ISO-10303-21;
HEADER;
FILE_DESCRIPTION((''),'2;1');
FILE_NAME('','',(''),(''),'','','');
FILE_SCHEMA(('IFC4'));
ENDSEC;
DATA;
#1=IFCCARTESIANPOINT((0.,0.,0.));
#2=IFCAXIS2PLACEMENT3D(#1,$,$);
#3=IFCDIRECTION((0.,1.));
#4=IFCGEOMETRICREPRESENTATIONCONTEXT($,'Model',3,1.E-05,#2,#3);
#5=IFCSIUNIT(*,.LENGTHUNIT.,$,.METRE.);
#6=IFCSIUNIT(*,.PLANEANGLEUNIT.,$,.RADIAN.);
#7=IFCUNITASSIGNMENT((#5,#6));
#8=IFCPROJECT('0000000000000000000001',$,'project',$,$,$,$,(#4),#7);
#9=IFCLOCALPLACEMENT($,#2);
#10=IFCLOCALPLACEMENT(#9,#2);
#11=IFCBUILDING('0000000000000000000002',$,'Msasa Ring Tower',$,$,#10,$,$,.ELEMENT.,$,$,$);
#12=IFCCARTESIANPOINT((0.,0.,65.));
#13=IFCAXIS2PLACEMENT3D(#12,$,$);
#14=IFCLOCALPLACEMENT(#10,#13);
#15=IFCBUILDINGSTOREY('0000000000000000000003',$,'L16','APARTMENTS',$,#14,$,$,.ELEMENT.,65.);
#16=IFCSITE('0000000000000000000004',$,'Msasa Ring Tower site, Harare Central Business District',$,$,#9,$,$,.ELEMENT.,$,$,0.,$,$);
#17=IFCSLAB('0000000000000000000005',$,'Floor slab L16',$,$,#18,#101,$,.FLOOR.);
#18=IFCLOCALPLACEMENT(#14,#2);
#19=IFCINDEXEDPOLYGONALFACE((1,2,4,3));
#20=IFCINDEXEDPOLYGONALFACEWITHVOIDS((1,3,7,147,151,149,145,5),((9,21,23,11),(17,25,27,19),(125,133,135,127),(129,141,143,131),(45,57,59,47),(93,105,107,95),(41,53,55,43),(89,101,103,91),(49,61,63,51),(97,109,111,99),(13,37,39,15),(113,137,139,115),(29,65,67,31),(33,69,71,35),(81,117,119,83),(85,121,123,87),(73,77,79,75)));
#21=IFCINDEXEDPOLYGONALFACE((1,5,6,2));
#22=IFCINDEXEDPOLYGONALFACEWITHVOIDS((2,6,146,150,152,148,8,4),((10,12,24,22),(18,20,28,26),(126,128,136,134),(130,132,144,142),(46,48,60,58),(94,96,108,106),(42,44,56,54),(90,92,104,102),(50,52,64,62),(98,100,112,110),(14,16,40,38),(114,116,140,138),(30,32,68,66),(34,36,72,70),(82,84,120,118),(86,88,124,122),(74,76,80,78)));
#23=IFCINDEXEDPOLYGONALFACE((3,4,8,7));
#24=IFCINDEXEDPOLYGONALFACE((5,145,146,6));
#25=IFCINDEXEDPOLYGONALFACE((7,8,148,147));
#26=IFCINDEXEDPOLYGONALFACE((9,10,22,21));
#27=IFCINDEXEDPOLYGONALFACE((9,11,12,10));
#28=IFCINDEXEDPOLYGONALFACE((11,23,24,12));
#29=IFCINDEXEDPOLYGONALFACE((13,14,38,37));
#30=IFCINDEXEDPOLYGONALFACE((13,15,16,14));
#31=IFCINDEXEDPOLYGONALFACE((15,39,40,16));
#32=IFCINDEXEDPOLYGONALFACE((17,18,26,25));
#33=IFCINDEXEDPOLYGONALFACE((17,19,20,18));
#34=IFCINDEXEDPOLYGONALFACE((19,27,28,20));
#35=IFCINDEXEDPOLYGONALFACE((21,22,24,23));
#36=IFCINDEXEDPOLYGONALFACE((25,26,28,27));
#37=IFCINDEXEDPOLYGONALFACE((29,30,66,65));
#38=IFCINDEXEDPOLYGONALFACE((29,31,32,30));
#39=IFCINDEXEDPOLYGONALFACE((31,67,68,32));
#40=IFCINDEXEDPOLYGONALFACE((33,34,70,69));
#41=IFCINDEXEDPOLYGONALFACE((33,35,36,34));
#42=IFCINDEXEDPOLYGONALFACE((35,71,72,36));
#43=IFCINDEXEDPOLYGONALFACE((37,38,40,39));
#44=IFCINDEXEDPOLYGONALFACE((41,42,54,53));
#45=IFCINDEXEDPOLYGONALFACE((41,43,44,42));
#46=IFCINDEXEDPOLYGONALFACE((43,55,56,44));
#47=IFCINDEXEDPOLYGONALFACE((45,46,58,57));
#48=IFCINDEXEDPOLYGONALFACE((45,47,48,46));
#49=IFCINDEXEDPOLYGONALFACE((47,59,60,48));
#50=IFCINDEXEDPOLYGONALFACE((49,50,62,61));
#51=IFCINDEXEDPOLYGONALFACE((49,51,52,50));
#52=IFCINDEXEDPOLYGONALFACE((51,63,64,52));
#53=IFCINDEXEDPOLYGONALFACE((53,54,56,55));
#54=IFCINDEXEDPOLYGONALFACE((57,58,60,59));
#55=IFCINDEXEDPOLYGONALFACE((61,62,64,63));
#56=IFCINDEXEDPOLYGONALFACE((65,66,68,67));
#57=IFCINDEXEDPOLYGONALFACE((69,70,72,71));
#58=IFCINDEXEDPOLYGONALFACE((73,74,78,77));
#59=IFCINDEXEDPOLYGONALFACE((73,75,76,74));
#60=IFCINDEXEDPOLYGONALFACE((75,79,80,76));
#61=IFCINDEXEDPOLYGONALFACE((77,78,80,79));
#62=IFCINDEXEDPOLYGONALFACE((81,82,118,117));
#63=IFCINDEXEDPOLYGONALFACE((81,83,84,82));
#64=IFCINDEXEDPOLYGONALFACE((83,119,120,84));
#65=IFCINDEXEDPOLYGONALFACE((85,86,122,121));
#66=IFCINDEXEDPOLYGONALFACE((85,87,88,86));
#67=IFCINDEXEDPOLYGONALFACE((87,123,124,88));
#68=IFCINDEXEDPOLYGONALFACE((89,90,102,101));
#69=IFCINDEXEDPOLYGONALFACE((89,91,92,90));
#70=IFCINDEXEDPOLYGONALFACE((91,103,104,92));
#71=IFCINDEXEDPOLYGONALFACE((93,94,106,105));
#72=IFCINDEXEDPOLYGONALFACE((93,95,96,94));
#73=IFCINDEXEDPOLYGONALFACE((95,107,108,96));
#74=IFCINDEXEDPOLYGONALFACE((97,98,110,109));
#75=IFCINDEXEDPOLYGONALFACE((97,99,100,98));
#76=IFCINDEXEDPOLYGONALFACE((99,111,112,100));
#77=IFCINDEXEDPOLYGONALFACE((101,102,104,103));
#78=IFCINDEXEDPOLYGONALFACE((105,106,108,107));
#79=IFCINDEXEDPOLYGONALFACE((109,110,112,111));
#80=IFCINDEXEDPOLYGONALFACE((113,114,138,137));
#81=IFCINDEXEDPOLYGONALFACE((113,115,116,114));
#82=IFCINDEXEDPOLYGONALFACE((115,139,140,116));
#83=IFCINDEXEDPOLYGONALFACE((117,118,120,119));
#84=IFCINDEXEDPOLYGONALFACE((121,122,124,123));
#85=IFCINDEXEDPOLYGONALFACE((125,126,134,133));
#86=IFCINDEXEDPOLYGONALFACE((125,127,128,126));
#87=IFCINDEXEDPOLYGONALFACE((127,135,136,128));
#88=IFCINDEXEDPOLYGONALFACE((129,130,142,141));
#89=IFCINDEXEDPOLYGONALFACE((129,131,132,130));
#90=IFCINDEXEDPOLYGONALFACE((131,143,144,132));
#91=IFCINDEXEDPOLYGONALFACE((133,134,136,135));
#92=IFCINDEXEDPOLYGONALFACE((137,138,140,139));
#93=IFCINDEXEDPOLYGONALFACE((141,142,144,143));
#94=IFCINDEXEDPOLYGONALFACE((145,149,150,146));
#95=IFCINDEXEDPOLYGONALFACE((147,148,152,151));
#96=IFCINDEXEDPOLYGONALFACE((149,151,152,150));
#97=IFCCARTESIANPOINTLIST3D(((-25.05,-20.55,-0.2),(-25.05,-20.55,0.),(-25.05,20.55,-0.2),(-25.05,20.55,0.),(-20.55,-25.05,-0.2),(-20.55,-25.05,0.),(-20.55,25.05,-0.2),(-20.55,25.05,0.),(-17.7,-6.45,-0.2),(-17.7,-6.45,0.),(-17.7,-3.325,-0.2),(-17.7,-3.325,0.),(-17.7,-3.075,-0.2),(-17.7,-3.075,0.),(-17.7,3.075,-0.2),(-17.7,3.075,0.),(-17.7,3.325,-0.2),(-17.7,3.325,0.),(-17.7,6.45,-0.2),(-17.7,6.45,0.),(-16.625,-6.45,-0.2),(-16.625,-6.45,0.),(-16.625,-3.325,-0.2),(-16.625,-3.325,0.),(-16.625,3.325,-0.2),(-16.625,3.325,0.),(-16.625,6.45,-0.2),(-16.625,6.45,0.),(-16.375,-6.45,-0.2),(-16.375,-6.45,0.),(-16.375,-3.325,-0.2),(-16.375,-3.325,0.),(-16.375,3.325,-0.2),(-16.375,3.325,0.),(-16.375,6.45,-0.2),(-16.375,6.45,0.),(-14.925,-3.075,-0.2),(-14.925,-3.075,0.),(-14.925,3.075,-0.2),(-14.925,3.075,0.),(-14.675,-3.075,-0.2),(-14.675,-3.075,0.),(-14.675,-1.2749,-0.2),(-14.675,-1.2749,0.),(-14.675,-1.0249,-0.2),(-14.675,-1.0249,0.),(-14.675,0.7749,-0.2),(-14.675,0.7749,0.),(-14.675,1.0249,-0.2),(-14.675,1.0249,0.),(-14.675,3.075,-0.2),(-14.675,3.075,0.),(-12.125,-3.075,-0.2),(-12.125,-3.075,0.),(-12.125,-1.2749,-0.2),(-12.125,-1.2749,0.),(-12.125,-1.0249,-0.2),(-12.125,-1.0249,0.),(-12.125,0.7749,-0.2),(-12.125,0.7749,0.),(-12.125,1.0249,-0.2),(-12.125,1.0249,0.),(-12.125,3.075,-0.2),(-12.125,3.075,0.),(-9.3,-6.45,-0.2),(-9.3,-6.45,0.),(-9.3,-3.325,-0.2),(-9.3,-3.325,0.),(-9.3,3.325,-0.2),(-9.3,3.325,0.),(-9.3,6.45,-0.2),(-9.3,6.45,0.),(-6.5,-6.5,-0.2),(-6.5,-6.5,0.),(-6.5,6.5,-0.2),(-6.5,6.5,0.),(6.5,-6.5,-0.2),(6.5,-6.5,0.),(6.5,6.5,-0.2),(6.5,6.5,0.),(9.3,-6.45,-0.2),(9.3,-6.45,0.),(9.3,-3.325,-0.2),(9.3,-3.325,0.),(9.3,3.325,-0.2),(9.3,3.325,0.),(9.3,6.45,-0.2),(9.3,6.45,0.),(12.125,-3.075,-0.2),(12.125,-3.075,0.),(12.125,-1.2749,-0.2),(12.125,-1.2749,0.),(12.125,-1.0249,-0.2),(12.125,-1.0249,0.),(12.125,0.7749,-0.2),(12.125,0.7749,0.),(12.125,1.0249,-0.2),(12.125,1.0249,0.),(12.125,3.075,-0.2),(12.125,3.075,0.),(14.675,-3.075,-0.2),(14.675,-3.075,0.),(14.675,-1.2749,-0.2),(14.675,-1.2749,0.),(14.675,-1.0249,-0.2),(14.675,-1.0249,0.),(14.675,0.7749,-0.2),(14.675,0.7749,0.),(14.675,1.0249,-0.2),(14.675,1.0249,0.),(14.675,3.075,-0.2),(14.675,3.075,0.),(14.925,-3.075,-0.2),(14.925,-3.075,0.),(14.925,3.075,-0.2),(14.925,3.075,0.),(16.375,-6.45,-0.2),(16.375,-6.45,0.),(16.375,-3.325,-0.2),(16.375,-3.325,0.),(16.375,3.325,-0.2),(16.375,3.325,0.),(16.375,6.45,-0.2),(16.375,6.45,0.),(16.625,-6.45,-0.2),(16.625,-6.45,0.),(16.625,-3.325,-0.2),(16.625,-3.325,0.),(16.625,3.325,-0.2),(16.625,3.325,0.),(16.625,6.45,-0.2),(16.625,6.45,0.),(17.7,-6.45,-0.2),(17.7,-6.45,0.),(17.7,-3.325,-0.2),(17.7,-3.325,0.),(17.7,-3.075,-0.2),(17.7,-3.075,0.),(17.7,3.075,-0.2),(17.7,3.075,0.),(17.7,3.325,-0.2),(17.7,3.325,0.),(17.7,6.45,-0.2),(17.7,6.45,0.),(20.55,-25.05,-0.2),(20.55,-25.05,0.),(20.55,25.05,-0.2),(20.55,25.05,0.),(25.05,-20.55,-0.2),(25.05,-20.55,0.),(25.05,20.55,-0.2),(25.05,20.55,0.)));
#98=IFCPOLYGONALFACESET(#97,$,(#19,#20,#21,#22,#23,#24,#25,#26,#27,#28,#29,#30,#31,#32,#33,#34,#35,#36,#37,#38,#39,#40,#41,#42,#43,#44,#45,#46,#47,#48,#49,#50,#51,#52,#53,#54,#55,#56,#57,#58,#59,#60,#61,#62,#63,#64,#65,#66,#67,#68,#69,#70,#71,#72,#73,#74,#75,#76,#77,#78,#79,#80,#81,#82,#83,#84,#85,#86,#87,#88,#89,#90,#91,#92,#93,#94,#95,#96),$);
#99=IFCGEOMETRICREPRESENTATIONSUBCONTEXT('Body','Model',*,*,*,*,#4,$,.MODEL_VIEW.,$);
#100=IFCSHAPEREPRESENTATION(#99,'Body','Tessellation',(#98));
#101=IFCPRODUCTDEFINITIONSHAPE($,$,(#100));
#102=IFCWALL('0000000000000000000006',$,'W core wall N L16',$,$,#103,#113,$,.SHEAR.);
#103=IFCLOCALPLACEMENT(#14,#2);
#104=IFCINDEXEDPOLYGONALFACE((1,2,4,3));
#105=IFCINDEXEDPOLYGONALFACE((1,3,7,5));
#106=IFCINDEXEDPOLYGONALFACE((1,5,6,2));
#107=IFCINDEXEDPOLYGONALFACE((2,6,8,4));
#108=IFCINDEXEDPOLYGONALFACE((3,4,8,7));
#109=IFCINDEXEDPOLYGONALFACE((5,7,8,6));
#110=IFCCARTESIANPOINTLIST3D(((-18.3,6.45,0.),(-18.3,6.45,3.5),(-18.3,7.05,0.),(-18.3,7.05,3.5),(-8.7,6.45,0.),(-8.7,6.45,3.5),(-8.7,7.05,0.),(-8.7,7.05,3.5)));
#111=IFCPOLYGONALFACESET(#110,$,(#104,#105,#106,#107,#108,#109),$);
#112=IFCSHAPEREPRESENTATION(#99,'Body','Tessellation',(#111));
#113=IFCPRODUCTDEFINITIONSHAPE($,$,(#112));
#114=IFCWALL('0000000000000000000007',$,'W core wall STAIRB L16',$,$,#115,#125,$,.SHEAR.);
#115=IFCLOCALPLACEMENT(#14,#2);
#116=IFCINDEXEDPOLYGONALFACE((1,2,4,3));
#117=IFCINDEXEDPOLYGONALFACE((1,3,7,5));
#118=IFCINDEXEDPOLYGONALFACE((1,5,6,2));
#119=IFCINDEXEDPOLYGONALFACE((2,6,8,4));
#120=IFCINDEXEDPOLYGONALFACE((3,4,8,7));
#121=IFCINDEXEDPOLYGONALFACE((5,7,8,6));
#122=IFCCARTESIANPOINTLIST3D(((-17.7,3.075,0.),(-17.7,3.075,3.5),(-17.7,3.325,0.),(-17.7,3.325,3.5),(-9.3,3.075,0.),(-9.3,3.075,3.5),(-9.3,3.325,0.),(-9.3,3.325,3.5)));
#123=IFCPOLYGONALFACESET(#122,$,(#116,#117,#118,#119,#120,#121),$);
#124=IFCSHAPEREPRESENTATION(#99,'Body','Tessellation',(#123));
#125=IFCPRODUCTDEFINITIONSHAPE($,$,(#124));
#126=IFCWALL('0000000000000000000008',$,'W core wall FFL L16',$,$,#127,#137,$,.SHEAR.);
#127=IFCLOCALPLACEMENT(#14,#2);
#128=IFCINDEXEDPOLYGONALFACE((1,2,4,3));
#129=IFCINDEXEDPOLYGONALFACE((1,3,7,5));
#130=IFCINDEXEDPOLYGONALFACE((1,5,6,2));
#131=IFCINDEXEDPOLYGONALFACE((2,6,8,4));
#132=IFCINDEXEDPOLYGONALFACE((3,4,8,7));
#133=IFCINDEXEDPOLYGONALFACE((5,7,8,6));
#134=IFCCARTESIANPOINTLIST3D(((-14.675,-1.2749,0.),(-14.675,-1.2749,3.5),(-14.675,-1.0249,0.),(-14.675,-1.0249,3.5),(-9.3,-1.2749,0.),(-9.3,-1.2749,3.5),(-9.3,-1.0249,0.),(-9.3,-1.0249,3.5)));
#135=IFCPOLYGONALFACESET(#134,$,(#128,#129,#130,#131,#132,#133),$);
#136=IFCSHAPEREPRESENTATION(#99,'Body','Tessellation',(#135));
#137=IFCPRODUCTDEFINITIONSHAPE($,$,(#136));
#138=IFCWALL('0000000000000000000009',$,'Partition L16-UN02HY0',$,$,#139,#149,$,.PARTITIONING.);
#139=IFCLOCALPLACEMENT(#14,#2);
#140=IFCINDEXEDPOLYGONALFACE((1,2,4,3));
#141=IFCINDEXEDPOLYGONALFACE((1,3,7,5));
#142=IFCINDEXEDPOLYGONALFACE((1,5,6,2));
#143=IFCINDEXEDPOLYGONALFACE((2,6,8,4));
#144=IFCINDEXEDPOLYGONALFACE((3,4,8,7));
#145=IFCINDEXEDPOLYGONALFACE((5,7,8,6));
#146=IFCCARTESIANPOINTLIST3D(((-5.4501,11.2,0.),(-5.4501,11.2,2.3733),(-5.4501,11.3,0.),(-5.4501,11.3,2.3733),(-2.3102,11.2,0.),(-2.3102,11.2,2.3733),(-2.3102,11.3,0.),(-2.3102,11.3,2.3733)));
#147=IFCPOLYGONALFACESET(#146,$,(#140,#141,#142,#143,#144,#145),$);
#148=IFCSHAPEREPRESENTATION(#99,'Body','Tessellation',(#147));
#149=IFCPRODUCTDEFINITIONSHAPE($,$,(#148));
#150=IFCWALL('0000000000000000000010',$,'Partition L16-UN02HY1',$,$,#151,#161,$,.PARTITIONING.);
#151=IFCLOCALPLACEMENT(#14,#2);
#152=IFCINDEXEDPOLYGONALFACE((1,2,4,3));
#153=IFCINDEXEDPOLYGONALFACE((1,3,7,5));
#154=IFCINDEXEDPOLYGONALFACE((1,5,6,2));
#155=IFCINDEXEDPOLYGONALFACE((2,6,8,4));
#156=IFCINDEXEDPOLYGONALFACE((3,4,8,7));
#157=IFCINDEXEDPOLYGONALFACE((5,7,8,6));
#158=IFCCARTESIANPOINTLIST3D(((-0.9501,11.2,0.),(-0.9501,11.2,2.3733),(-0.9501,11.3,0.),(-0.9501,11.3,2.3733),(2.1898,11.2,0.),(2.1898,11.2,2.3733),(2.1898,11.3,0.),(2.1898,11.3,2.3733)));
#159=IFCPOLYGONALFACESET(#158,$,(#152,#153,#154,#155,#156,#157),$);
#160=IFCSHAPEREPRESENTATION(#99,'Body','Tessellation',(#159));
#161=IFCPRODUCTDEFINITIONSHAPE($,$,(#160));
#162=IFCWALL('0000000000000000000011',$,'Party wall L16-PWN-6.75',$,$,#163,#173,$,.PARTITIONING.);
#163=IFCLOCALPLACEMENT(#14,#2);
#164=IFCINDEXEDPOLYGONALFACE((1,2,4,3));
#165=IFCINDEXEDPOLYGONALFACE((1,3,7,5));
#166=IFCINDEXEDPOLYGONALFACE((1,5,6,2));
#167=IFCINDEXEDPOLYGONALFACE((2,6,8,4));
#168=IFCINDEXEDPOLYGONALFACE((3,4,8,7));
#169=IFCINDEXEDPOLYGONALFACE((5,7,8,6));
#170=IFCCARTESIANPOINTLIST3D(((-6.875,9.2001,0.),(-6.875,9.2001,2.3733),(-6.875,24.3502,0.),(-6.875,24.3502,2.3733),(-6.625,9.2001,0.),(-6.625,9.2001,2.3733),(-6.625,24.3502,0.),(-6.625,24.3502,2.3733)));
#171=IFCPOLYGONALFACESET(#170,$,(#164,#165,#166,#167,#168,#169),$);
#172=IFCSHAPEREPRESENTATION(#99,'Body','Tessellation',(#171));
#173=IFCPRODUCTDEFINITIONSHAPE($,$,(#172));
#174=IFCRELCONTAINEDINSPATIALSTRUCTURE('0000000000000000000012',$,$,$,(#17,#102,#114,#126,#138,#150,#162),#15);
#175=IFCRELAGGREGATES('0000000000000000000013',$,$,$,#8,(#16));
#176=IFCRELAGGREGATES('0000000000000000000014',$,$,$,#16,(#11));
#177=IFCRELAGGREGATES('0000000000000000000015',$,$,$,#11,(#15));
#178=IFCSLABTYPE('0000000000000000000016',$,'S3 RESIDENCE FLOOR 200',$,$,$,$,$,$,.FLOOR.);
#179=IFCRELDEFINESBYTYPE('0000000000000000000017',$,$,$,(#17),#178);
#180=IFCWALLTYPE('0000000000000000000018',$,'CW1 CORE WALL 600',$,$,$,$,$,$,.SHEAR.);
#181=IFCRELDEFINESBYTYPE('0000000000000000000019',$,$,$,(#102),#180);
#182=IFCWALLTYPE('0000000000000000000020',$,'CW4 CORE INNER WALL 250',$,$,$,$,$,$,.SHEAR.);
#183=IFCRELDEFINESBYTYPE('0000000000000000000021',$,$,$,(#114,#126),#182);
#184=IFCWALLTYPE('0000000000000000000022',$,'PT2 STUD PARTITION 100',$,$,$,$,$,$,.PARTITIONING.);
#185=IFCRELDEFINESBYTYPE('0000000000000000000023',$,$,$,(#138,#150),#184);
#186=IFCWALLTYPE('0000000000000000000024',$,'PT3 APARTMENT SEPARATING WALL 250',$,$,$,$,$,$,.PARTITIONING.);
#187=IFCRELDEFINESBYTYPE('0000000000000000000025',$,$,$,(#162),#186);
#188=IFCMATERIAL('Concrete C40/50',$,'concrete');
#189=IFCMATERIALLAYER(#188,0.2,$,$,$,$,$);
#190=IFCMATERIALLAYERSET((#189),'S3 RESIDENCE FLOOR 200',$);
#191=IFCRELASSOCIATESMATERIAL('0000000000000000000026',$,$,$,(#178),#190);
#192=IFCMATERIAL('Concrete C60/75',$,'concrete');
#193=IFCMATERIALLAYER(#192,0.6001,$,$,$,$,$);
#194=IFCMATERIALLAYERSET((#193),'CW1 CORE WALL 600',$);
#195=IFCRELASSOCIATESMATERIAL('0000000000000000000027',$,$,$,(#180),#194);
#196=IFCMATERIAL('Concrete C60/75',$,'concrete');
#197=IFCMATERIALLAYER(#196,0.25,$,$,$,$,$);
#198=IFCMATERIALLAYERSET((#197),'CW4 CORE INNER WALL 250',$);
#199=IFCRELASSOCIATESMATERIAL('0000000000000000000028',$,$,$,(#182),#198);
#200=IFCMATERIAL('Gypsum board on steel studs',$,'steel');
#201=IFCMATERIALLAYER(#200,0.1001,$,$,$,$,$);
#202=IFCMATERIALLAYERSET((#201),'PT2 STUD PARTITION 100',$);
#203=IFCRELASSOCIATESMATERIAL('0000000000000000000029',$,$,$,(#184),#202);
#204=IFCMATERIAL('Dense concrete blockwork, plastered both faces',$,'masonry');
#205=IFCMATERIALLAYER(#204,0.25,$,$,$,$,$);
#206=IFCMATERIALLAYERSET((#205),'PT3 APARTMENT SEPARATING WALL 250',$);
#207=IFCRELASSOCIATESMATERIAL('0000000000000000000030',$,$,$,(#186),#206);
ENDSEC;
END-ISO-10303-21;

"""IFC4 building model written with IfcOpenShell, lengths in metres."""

from ifc_helpers import new_model, si_unit, direction, frame, frame_2d, origin, place, context, subcontext, project, spatial, polyline, rectangle, outline, extrude, material, layer, layer_set, type_object, element, save


model = new_model("IFC4")

# Units and contexts
model_context = context("Model", 3, precision=1e-05, world=origin(), true_north=direction((0.0, 1.0)))
body_context = subcontext(model_context, "Body", "Model", "MODEL_VIEW")
ifc_project = project(units=[si_unit("LENGTHUNIT", "METRE"), si_unit("PLANEANGLEUNIT", "RADIAN")], contexts=[model_context])

# Site, building, storey
site_placement = place(None, origin())
site = spatial("IfcSite", under=ifc_project, at=site_placement, Name="Msasa Ring Tower site, Harare Central Business District", CompositionType="ELEMENT", RefElevation=0.0)
building_placement = place(site_placement, origin())
building = spatial("IfcBuilding", under=site, at=building_placement, Name="Msasa Ring Tower", CompositionType="ELEMENT")
storey_placement = place(building_placement, frame((0.0, 0.0, 65.0)))
storey = spatial("IfcBuildingStorey", under=building, at=storey_placement, Name="L16", Description="APARTMENTS", CompositionType="ELEMENT", Elevation=65.0)

# Slab
ifc_material_1 = material(Name="Concrete C40/50", Category="concrete")
ifc_layer_1 = layer(ifc_material_1, 0.2)
ifc_layer_set_1 = layer_set([ifc_layer_1], Name="S3 RESIDENCE FLOOR 200")
slab_type = type_object("IfcSlabType", Name="S3 RESIDENCE FLOOR 200", PredefinedType="FLOOR", material=ifc_layer_set_1)
slab_placement = place(storey_placement, frame((0.0, 0.0, -0.2)))
element("IfcSlab", 1, at=slab_placement, inside=storey, type_object=slab_type, Name="Floor slab L16", PredefinedType="FLOOR", context=body_context, shape_type="SweptSolid", body=[
    extrude(outline(polyline([(-20.55, -25.05), (20.55, -25.05), (25.05, -20.55), (25.05, 20.55), (20.55, 25.05), (-20.55, 25.05), (-25.05, 20.55), (-25.05, -20.55), (-20.55, -25.05)]), holes=[polyline([(-6.5, -6.5), (6.5, -6.5), (6.5, 6.5), (-6.5, 6.5), (-6.5, -6.5)]), polyline([(9.3, -6.45), (16.375, -6.45), (16.375, -3.325), (9.3, -3.325), (9.3, -6.45)]), polyline([(9.3, 3.325), (16.375, 3.325), (16.375, 6.45), (9.3, 6.45), (9.3, 3.325)]), polyline([(12.125, -3.075), (14.675, -3.075), (14.675, -1.2749), (12.125, -1.2749), (12.125, -3.075)]), polyline([(12.125, -1.0249), (14.675, -1.0249), (14.675, 0.7749), (12.125, 0.7749), (12.125, -1.0249)]), polyline([(12.125, 1.0249), (14.675, 1.0249), (14.675, 3.075), (12.125, 3.075), (12.125, 1.0249)]), polyline([(16.625, -6.45), (17.7, -6.45), (17.7, -3.325), (16.625, -3.325), (16.625, -6.45)]), polyline([(16.625, 3.325), (17.7, 3.325), (17.7, 6.45), (16.625, 6.45), (16.625, 3.325)]), polyline([(14.925, -3.075), (17.7, -3.075), (17.7, 3.075), (14.925, 3.075), (14.925, -3.075)]), polyline([(-16.375, -6.45), (-9.3, -6.45), (-9.3, -3.325), (-16.375, -3.325), (-16.375, -6.45)]), polyline([(-16.375, 3.325), (-9.3, 3.325), (-9.3, 6.45), (-16.375, 6.45), (-16.375, 3.325)]), polyline([(-14.675, -3.075), (-12.125, -3.075), (-12.125, -1.2749), (-14.675, -1.2749), (-14.675, -3.075)]), polyline([(-14.675, -1.0249), (-12.125, -1.0249), (-12.125, 0.7749), (-14.675, 0.7749), (-14.675, -1.0249)]), polyline([(-14.675, 1.0249), (-12.125, 1.0249), (-12.125, 3.075), (-14.675, 3.075), (-14.675, 1.0249)]), polyline([(-17.7, -6.45), (-16.625, -6.45), (-16.625, -3.325), (-17.7, -3.325), (-17.7, -6.45)]), polyline([(-17.7, 3.325), (-16.625, 3.325), (-16.625, 6.45), (-17.7, 6.45), (-17.7, 3.325)]), polyline([(-17.7, -3.075), (-14.925, -3.075), (-14.925, 3.075), (-17.7, 3.075), (-17.7, -3.075)])]), origin(), (0.0, 0.0, 1.0), 0.2),
])

# Walls
ifc_material_2 = material(Name="Concrete C60/75", Category="concrete")
ifc_layer_2 = layer(ifc_material_2, 0.6001)
ifc_layer_set_2 = layer_set([ifc_layer_2], Name="CW1 CORE WALL 600")
wall_type_1 = type_object("IfcWallType", Name="CW1 CORE WALL 600", PredefinedType="SHEAR", material=ifc_layer_set_2)
wall_1_placement = place(storey_placement, frame((-8.7, 6.75, 0.0), z_axis=(0.0, 0.0, 1.0), x_axis=(-1.0, 0.0, 0.0)))
element("IfcWall", 2, at=wall_1_placement, inside=storey, type_object=wall_type_1, Name="W core wall N L16", PredefinedType="SHEAR", context=body_context, shape_type="SweptSolid", body=[
    extrude(rectangle(XDim=9.6001, YDim=0.6001, at=frame_2d((4.8, 0.0))), origin(), (0.0, 0.0, 1.0), 3.5),
])
ifc_material_3 = material(Name="Concrete C60/75", Category="concrete")
ifc_layer_3 = layer(ifc_material_3, 0.25)
ifc_layer_set_3 = layer_set([ifc_layer_3], Name="CW4 CORE INNER WALL 250")
wall_type_2 = type_object("IfcWallType", Name="CW4 CORE INNER WALL 250", PredefinedType="SHEAR", material=ifc_layer_set_3)
wall_2_placement = place(storey_placement, frame((-9.3, 3.2, 0.0), z_axis=(0.0, 0.0, 1.0), x_axis=(-1.0, 0.0, 0.0)))
element("IfcWall", 3, at=wall_2_placement, inside=storey, type_object=wall_type_2, Name="W core wall STAIRB L16", PredefinedType="SHEAR", context=body_context, shape_type="SweptSolid", body=[
    extrude(rectangle(XDim=8.3999, YDim=0.25, at=frame_2d((4.2, 0.0))), origin(), (0.0, 0.0, 1.0), 3.5),
])
wall_3_placement = place(storey_placement, frame((-9.3, -1.1499, 0.0), z_axis=(0.0, 0.0, 1.0), x_axis=(-1.0, 0.0, 0.0)))
element("IfcWall", 4, at=wall_3_placement, inside=storey, type_object=wall_type_2, Name="W core wall FFL L16", PredefinedType="SHEAR", context=body_context, shape_type="SweptSolid", body=[
    extrude(rectangle(XDim=5.375, YDim=0.25, at=frame_2d((2.6875, 0.0))), origin(), (0.0, 0.0, 1.0), 3.5),
])
ifc_material_4 = material(Name="Gypsum board on steel studs", Category="steel")
ifc_layer_4 = layer(ifc_material_4, 0.1001)
ifc_layer_set_4 = layer_set([ifc_layer_4], Name="PT2 STUD PARTITION 100")
wall_type_3 = type_object("IfcWallType", Name="PT2 STUD PARTITION 100", PredefinedType="PARTITIONING", material=ifc_layer_set_4)
for number, where, z_axis, x_axis, name in (
    (5, (-5.45, 11.25, 0.0), (0.0, 0.0, 1.0), (1.0, 0.0, 0.0), "Partition L16-UN02HY0"),
    (6, (-0.95, 11.25, 0.0), (0.0, 0.0, 1.0), (1.0, 0.0, 0.0), "Partition L16-UN02HY1"),
):
    element("IfcWall", number, at=place(storey_placement, frame(where, z_axis=z_axis, x_axis=x_axis)), inside=storey, type_object=wall_type_3, Name=name, PredefinedType="PARTITIONING", context=body_context, shape_type="SweptSolid", body=[
        extrude(rectangle(XDim=3.1399, YDim=0.1001, at=frame_2d((1.5698, 0.0))), origin(), (0.0, 0.0, 1.0), 2.3733),
    ])
ifc_material_5 = material(Name="Dense concrete blockwork, plastered both faces", Category="masonry")
ifc_layer_5 = layer(ifc_material_5, 0.25)
ifc_layer_set_5 = layer_set([ifc_layer_5], Name="PT3 APARTMENT SEPARATING WALL 250")
wall_type_4 = type_object("IfcWallType", Name="PT3 APARTMENT SEPARATING WALL 250", PredefinedType="PARTITIONING", material=ifc_layer_set_5)
wall_4_placement = place(storey_placement, frame((-6.75, 9.2, 0.0), z_axis=(0.0, 0.0, 1.0), x_axis=(0.0, 1.0, 0.0)))
element("IfcWall", 7, at=wall_4_placement, inside=storey, type_object=wall_type_4, Name="Party wall L16-PWN-6.75", PredefinedType="PARTITIONING", context=body_context, shape_type="SweptSolid", body=[
    extrude(rectangle(XDim=15.1501, YDim=0.25, at=frame_2d((7.5752, 0.0))), origin(), (0.0, 0.0, 1.0), 2.3733),
])

save(model, "model.ifc")
